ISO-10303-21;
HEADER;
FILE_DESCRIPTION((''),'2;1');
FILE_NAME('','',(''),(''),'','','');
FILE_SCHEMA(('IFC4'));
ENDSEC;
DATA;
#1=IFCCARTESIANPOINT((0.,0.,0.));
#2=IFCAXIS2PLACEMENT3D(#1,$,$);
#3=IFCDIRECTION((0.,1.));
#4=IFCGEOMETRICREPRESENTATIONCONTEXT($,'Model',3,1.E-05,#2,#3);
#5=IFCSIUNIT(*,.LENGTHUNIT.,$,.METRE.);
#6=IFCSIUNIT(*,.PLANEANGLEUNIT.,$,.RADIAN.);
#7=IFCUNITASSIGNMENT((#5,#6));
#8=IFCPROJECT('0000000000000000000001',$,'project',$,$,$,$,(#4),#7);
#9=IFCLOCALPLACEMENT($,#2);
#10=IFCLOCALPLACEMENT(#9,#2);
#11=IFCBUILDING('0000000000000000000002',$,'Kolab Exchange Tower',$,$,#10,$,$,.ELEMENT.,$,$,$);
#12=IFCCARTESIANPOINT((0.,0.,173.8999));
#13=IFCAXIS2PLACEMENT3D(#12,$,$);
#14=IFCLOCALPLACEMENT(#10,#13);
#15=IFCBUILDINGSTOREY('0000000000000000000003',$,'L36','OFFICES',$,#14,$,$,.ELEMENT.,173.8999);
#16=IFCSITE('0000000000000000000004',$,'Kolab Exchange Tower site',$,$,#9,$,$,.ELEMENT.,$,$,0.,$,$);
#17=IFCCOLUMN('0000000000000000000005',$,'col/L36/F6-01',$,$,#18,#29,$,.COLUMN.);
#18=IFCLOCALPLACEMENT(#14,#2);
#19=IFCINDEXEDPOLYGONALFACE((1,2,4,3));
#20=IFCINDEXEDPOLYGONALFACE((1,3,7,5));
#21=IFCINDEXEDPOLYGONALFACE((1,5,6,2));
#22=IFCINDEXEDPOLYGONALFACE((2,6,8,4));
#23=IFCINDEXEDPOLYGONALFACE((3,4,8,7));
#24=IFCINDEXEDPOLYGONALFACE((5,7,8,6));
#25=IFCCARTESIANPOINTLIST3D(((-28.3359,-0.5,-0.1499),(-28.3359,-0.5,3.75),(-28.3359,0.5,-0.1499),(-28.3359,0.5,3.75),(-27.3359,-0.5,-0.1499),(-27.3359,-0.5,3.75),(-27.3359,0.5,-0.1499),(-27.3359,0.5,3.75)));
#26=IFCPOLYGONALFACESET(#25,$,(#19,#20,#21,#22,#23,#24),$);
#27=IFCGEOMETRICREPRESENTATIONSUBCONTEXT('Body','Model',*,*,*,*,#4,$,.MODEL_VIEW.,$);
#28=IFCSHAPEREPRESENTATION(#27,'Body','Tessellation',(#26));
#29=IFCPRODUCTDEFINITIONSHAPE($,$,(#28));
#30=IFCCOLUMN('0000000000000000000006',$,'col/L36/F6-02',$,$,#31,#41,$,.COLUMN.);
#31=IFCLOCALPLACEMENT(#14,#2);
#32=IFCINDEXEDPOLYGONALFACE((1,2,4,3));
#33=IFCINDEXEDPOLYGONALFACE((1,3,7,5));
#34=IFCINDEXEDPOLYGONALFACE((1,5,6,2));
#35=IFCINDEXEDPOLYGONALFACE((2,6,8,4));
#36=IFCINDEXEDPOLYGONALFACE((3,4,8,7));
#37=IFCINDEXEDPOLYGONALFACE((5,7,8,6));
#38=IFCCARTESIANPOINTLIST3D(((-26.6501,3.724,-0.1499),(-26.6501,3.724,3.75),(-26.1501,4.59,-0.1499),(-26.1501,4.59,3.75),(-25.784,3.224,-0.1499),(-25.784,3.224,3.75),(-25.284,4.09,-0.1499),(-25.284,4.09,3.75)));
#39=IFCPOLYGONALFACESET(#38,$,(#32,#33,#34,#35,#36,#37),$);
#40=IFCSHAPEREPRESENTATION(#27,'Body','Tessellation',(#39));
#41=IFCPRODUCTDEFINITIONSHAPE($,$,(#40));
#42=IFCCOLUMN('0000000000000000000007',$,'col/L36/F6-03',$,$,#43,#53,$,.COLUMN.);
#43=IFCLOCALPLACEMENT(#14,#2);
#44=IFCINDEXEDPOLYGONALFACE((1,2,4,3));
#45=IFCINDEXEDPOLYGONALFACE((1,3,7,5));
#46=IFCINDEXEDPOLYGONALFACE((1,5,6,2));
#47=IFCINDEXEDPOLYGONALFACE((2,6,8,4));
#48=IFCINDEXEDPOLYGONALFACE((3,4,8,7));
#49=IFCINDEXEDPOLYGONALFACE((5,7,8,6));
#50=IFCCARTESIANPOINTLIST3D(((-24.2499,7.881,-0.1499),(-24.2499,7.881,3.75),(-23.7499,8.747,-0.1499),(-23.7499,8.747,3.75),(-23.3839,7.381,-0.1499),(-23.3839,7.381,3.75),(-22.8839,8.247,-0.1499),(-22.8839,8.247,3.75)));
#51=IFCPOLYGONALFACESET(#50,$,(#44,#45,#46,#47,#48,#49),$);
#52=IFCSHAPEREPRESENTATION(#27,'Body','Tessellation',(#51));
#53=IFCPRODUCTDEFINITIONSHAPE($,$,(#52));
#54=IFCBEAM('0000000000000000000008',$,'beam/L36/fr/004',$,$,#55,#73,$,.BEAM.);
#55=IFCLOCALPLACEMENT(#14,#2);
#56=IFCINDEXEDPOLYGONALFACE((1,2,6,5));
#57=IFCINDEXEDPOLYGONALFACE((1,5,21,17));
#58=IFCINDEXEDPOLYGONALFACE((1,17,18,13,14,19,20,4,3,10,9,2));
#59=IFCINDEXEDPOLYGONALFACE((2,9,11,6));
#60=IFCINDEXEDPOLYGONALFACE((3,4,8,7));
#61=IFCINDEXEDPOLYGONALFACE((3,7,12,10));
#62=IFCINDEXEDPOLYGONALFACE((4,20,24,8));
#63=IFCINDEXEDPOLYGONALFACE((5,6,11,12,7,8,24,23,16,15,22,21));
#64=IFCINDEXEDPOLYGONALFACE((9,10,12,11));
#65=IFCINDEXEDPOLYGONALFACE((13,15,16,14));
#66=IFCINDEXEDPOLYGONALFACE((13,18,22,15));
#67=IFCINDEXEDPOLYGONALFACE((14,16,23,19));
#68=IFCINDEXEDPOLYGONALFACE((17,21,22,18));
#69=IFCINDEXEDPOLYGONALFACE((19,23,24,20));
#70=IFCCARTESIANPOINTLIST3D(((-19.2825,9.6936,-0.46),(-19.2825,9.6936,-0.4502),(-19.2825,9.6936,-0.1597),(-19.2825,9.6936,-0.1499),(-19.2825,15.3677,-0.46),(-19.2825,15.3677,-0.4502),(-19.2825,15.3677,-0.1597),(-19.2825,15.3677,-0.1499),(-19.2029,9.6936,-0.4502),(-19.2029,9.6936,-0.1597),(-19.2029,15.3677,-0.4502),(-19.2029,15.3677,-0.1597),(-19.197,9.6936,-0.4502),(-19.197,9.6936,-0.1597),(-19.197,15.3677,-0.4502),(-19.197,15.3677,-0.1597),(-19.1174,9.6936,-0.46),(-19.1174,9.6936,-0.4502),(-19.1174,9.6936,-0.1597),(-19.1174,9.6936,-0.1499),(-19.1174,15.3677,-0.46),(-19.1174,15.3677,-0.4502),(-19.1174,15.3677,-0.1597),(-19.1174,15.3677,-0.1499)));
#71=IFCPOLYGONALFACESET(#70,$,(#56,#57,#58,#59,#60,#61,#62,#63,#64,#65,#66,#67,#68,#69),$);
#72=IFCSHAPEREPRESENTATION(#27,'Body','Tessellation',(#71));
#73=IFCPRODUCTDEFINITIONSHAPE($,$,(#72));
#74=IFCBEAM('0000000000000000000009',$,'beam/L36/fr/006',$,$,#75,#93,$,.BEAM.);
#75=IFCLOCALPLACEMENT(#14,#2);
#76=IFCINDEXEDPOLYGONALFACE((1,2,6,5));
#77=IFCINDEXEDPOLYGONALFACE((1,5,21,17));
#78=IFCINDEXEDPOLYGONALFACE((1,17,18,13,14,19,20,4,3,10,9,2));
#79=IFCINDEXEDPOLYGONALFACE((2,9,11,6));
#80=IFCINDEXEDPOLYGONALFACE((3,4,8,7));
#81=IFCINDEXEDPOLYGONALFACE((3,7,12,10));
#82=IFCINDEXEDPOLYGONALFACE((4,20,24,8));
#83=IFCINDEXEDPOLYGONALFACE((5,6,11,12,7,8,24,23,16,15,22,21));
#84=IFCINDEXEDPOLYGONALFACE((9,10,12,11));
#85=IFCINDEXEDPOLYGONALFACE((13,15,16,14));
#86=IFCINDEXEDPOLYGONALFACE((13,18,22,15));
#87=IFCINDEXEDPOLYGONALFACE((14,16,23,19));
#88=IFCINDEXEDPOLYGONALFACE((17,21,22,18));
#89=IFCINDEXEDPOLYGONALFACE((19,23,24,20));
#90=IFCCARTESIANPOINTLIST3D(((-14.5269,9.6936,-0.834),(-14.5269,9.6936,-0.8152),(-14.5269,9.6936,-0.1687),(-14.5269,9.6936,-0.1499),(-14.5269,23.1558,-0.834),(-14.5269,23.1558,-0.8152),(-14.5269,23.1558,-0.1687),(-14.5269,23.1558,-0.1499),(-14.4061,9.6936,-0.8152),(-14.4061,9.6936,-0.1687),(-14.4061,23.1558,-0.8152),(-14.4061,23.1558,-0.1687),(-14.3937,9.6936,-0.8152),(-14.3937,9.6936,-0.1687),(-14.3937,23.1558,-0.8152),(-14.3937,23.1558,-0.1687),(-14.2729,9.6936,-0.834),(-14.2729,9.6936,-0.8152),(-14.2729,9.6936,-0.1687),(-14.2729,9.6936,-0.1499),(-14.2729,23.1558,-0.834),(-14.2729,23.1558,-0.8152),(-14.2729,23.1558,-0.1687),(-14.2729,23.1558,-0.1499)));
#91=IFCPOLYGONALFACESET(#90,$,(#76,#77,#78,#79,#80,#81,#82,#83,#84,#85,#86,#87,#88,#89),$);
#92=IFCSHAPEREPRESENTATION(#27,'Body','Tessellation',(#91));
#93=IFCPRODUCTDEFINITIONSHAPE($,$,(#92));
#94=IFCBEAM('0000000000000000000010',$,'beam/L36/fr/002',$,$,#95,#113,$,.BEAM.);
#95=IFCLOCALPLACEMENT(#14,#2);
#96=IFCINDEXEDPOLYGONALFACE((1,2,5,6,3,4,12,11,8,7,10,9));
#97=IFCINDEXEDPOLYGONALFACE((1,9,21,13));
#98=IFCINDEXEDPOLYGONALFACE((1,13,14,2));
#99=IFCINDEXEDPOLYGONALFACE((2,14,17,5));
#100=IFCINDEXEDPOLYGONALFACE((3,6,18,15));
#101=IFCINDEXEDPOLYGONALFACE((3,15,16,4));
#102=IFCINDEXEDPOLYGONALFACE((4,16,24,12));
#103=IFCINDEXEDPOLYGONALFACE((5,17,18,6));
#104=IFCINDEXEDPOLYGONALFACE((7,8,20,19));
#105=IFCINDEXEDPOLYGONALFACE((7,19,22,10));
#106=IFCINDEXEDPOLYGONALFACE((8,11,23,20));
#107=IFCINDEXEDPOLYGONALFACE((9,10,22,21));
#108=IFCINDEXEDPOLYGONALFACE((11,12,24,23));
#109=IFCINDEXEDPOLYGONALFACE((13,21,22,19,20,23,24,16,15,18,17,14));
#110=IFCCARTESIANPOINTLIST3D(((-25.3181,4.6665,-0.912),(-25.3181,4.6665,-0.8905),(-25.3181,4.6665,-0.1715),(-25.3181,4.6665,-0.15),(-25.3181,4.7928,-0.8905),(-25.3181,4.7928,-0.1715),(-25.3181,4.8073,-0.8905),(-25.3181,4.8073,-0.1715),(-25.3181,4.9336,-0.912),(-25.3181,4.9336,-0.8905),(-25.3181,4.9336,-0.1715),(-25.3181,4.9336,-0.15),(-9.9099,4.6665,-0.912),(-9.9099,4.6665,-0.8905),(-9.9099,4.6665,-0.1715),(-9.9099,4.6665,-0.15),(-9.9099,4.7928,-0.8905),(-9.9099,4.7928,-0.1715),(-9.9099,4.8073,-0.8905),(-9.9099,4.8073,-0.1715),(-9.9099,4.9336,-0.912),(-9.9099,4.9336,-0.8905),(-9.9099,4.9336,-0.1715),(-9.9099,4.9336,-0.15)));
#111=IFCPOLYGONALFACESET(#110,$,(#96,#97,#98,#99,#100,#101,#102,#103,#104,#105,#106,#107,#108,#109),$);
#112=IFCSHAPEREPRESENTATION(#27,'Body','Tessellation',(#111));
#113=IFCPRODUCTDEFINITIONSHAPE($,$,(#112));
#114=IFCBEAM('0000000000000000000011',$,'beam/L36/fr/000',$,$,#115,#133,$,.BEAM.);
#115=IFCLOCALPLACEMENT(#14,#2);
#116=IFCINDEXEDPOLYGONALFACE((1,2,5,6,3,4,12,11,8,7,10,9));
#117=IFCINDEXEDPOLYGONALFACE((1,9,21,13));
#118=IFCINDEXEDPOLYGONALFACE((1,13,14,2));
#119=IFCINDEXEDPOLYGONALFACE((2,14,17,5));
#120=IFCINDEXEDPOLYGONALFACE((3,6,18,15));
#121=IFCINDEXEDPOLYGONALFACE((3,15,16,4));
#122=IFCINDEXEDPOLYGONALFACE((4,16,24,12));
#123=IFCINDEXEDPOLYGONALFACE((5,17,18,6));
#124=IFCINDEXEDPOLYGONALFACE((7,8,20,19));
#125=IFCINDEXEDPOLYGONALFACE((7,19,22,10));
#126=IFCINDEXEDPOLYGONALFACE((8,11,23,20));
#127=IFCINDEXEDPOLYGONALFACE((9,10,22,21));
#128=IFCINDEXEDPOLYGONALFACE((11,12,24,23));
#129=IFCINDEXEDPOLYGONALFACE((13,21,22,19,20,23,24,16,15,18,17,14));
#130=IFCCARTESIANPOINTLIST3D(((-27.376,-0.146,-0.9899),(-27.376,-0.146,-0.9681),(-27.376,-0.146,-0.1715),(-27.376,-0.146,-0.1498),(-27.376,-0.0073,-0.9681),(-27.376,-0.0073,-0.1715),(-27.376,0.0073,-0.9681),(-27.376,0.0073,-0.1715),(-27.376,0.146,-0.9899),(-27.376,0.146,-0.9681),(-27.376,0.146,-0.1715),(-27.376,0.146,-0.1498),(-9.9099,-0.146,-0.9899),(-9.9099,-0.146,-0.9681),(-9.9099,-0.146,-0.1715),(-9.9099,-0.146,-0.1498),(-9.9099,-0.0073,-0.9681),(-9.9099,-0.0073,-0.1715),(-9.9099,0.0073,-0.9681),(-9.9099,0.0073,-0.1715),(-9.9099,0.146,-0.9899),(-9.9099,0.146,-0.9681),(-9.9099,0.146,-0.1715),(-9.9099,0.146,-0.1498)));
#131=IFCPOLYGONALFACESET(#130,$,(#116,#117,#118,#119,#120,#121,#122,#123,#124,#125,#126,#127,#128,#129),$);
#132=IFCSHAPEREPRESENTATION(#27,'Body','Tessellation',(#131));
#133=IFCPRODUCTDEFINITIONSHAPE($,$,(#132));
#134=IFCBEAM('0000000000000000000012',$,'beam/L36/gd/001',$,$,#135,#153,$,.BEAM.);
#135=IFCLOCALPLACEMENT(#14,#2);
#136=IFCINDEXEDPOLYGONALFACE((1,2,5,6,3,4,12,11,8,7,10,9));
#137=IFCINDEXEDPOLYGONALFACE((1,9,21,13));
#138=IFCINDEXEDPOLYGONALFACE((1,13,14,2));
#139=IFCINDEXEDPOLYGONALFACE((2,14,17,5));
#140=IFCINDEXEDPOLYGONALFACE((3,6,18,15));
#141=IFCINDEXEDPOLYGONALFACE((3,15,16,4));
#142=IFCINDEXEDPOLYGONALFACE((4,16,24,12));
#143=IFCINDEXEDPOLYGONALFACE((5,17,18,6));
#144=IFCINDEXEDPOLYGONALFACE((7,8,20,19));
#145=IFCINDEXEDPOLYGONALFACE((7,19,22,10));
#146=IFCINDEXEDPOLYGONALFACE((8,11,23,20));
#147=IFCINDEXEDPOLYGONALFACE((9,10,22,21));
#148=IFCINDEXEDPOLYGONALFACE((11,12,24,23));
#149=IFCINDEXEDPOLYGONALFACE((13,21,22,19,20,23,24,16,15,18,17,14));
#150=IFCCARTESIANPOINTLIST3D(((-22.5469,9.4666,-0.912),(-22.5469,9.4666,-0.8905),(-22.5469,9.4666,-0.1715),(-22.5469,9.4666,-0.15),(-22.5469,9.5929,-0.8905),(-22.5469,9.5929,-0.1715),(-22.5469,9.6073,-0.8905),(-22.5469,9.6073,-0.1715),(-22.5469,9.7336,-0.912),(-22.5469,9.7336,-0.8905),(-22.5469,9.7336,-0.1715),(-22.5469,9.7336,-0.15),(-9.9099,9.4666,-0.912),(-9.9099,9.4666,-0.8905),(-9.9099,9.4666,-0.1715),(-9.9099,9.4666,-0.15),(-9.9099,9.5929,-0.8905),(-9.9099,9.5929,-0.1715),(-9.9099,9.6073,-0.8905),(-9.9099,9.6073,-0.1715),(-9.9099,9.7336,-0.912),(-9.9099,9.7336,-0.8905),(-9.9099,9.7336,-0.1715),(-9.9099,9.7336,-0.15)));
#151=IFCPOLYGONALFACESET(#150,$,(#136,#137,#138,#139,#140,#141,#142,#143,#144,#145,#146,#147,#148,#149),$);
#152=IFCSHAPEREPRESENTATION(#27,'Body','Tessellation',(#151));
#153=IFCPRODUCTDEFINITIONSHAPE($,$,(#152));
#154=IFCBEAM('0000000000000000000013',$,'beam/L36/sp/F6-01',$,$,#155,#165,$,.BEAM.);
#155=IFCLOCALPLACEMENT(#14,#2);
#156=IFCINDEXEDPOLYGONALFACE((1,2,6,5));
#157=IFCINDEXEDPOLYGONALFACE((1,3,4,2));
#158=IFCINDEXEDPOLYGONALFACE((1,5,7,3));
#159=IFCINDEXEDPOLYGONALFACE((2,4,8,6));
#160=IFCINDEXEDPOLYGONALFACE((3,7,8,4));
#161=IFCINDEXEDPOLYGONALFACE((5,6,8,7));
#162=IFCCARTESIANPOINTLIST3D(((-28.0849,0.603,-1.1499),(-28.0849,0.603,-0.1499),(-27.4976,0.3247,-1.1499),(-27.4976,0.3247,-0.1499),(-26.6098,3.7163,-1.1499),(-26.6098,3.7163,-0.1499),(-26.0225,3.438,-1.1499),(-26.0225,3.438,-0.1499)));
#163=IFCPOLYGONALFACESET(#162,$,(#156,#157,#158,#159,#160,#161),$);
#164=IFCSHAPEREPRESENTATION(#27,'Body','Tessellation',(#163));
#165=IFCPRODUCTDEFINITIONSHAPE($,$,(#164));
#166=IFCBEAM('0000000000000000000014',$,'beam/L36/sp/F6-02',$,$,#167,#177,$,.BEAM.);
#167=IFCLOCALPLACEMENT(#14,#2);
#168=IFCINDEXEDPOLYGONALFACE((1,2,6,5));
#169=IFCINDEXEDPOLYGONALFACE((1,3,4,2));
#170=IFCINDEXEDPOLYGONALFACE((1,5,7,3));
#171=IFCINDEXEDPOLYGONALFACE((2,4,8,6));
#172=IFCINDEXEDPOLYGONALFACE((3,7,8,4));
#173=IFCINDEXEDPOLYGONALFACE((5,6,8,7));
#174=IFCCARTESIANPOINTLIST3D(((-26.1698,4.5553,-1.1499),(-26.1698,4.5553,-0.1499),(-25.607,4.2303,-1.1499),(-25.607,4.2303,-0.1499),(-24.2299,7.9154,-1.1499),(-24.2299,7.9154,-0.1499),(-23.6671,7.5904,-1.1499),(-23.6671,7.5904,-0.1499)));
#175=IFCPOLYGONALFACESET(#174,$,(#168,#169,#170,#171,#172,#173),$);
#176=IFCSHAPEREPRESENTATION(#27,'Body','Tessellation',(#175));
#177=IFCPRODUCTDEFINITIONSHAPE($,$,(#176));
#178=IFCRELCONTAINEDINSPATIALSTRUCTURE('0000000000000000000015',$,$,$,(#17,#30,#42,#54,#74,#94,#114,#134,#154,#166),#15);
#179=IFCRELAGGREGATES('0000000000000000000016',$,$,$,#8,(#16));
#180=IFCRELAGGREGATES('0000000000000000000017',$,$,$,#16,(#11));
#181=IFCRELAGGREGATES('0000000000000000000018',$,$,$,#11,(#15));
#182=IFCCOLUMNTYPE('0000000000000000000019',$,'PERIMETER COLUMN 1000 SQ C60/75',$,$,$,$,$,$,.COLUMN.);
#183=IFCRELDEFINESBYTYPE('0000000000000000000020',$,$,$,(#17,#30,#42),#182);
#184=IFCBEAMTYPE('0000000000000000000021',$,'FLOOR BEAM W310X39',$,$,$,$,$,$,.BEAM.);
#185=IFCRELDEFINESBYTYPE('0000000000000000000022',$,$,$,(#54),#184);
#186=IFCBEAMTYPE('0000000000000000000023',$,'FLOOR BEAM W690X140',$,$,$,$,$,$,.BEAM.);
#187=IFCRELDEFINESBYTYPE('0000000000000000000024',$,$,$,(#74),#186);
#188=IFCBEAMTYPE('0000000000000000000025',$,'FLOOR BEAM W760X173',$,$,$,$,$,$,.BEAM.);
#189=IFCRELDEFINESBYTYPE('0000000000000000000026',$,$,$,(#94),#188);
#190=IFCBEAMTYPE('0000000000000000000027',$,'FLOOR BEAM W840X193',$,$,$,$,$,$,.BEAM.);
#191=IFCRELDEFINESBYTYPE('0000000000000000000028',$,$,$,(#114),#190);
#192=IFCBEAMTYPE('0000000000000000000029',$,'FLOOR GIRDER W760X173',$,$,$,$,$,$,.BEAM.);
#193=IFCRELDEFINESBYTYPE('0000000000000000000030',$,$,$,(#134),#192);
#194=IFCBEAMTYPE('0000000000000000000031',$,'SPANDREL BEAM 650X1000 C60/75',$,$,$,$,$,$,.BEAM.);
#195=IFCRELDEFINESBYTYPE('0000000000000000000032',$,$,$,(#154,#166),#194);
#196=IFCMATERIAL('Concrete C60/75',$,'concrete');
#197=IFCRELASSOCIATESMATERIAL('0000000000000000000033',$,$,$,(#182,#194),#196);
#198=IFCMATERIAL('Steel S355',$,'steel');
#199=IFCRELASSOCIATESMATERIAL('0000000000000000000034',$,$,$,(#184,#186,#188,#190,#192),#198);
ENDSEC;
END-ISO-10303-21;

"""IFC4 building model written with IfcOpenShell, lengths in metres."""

from ifc_helpers import new_model, si_unit, direction, frame, origin, origin_2d, place, context, subcontext, project, spatial, rectangle, i_section, extrude, material, material_profile, profile_set, type_object, element, save


model = new_model("IFC4")

# Units and contexts
model_context = context("Model", 3, precision=1e-05, world=origin(), true_north=direction((0.0, 1.0)))
body_context = subcontext(model_context, "Body", "Model", "MODEL_VIEW")
ifc_project = project(units=[si_unit("LENGTHUNIT", "METRE"), si_unit("PLANEANGLEUNIT", "RADIAN")], contexts=[model_context])

# Site, building, storey
site_placement = place(None, origin())
site = spatial("IfcSite", under=ifc_project, at=site_placement, Name="Kolab Exchange Tower site", CompositionType="ELEMENT", RefElevation=0.0)
building_placement = place(site_placement, origin())
building = spatial("IfcBuilding", under=site, at=building_placement, Name="Kolab Exchange Tower", CompositionType="ELEMENT")
storey_placement = place(building_placement, frame((0.0, 0.0, 173.8999)))
storey = spatial("IfcBuildingStorey", under=building, at=storey_placement, Name="L36", Description="OFFICES", CompositionType="ELEMENT", Elevation=173.8999)

# Columns
ifc_material_1 = material(Name="Concrete C60/75", Category="concrete")
ifc_material_profile_1 = material_profile(ifc_material_1, rectangle(XDim=1.0, YDim=1.0, at=origin_2d()), Name="RC1000")
ifc_profile_set_1 = profile_set([ifc_material_profile_1], Name="Concrete C60/75")
column_type = type_object("IfcColumnType", Name="PERIMETER COLUMN 1000 SQ C60/75", PredefinedType="COLUMN", material=ifc_profile_set_1)
for number, where, z_axis, x_axis, name in (
    (1, (-27.8359, 0.0, -0.1499), (0.0, 0.0, 1.0), (1.0, 0.0, 0.0), "col/L36/F6-01"),
    (2, (-25.967, 3.907, -0.1499), (0.0, 0.0, 1.0), (0.5, 0.866025, 0.0), "col/L36/F6-02"),
    (3, (-23.5669, 8.064, -0.1499), (0.0, 0.0, 1.0), (0.5, 0.866025, 0.0), "col/L36/F6-03"),
):
    element("IfcColumn", number, at=place(storey_placement, frame(where, z_axis=z_axis, x_axis=x_axis)), inside=storey, type_object=column_type, Name=name, PredefinedType="COLUMN", context=body_context, shape_type="SweptSolid", body=[
        extrude(rectangle(XDim=1.0, YDim=1.0, at=origin_2d()), origin(), (0.0, 0.0, 1.0), 3.8999),
    ])

# Beams
ifc_material_2 = material(Name="Steel S355", Category="steel")
ifc_material_profile_2 = material_profile(ifc_material_2, i_section(OverallWidth=0.165, OverallDepth=0.3101, WebThickness=0.0059, FlangeThickness=0.0098, at=origin_2d()), Name="W310X39")
ifc_profile_set_2 = profile_set([ifc_material_profile_2], Name="Steel S355")
beam_type_1 = type_object("IfcBeamType", Name="FLOOR BEAM W310X39", PredefinedType="BEAM", material=ifc_profile_set_2)
beam_1_placement = place(storey_placement, frame((-19.2, 9.6936, -0.3049), z_axis=(0.0, 1.0, 0.0), x_axis=(-1.0, 0.0, 0.0)))
element("IfcBeam", 4, at=beam_1_placement, inside=storey, type_object=beam_type_1, Name="beam/L36/fr/004", PredefinedType="BEAM", context=body_context, shape_type="SweptSolid", body=[
    extrude(i_section(OverallWidth=0.165, OverallDepth=0.3101, WebThickness=0.0059, FlangeThickness=0.0098, at=origin_2d()), origin(), (0.0, 0.0, 1.0), 5.6741),
])
ifc_material_profile_3 = material_profile(ifc_material_2, i_section(OverallWidth=0.2539, OverallDepth=0.6841, WebThickness=0.0125, FlangeThickness=0.0188, at=origin_2d()), Name="W690X140")
ifc_profile_set_3 = profile_set([ifc_material_profile_3], Name="Steel S355")
beam_type_2 = type_object("IfcBeamType", Name="FLOOR BEAM W690X140", PredefinedType="BEAM", material=ifc_profile_set_3)
beam_2_placement = place(storey_placement, frame((-14.3999, 9.6936, -0.4919), z_axis=(0.0, 1.0, 0.0), x_axis=(-1.0, 0.0, 0.0)))
element("IfcBeam", 5, at=beam_2_placement, inside=storey, type_object=beam_type_2, Name="beam/L36/fr/006", PredefinedType="BEAM", context=body_context, shape_type="SweptSolid", body=[
    extrude(i_section(OverallWidth=0.2539, OverallDepth=0.6841, WebThickness=0.0125, FlangeThickness=0.0188, at=origin_2d()), origin(), (0.0, 0.0, 1.0), 13.4622),
])
ifc_material_profile_4 = material_profile(ifc_material_2, i_section(OverallWidth=0.2671, OverallDepth=0.762, WebThickness=0.0144, FlangeThickness=0.0215, at=origin_2d()), Name="W760X173")
ifc_profile_set_4 = profile_set([ifc_material_profile_4], Name="Steel S355")
beam_type_3 = type_object("IfcBeamType", Name="FLOOR BEAM W760X173", PredefinedType="BEAM", material=ifc_profile_set_4)
beam_3_placement = place(storey_placement, frame((-25.3181, 4.8, -0.531), z_axis=(1.0, 0.0, 0.0), x_axis=(0.0, 1.0, 0.0)))
element("IfcBeam", 6, at=beam_3_placement, inside=storey, type_object=beam_type_3, Name="beam/L36/fr/002", PredefinedType="BEAM", context=body_context, shape_type="SweptSolid", body=[
    extrude(i_section(OverallWidth=0.2671, OverallDepth=0.762, WebThickness=0.0144, FlangeThickness=0.0215, at=origin_2d()), origin(), (0.0, 0.0, 1.0), 15.4082),
])
ifc_material_profile_5 = material_profile(ifc_material_2, i_section(OverallWidth=0.292, OverallDepth=0.8401, WebThickness=0.0146, FlangeThickness=0.0217, at=origin_2d()), Name="W840X193")
ifc_profile_set_5 = profile_set([ifc_material_profile_5], Name="Steel S355")
beam_type_4 = type_object("IfcBeamType", Name="FLOOR BEAM W840X193", PredefinedType="BEAM", material=ifc_profile_set_5)
beam_4_placement = place(storey_placement, frame((-27.376, 0.0, -0.5698), z_axis=(1.0, 0.0, 0.0), x_axis=(0.0, 1.0, 0.0)))
element("IfcBeam", 7, at=beam_4_placement, inside=storey, type_object=beam_type_4, Name="beam/L36/fr/000", PredefinedType="BEAM", context=body_context, shape_type="SweptSolid", body=[
    extrude(i_section(OverallWidth=0.292, OverallDepth=0.8401, WebThickness=0.0146, FlangeThickness=0.0217, at=origin_2d()), origin(), (0.0, 0.0, 1.0), 17.4661),
])
ifc_material_profile_6 = material_profile(ifc_material_2, i_section(OverallWidth=0.2671, OverallDepth=0.762, WebThickness=0.0144, FlangeThickness=0.0215, at=origin_2d()), Name="W760X173")
ifc_profile_set_6 = profile_set([ifc_material_profile_6], Name="Steel S355")
beam_type_5 = type_object("IfcBeamType", Name="FLOOR GIRDER W760X173", PredefinedType="BEAM", material=ifc_profile_set_6)
beam_5_placement = place(storey_placement, frame((-22.5469, 9.6001, -0.531), z_axis=(1.0, 0.0, 0.0), x_axis=(0.0, 1.0, 0.0)))
element("IfcBeam", 8, at=beam_5_placement, inside=storey, type_object=beam_type_5, Name="beam/L36/gd/001", PredefinedType="BEAM", context=body_context, shape_type="SweptSolid", body=[
    extrude(i_section(OverallWidth=0.2671, OverallDepth=0.762, WebThickness=0.0144, FlangeThickness=0.0215, at=origin_2d()), origin(), (0.0, 0.0, 1.0), 12.637),
])
ifc_material_profile_7 = material_profile(ifc_material_1, rectangle(XDim=0.6499, YDim=1.0, at=origin_2d()), Name="RC650X1000")
ifc_profile_set_7 = profile_set([ifc_material_profile_7], Name="Concrete C60/75")
beam_type_6 = type_object("IfcBeamType", Name="SPANDREL BEAM 650X1000 C60/75", PredefinedType="BEAM", material=ifc_profile_set_7)
beam_6_placement = place(storey_placement, frame((-27.7913, 0.4639, -0.6499), z_axis=(0.428178, 0.903695, 0.0), x_axis=(-0.903695, 0.428178, 0.0)))
element("IfcBeam", 9, at=beam_6_placement, inside=storey, type_object=beam_type_6, Name="beam/L36/sp/F6-01", PredefinedType="BEAM", context=body_context, shape_type="SweptSolid", body=[
    extrude(rectangle(XDim=0.6499, YDim=1.0, at=origin_2d()), origin(), (0.0, 0.0, 1.0), 3.4451),
])
for number, where, z_axis, x_axis, name in (
    (10, (-25.8884, 4.3928, -0.6499), (0.499997, 0.866027, 0.0), (-0.866027, 0.499997, 0.0), "beam/L36/sp/F6-02"),
):
    element("IfcBeam", number, at=place(storey_placement, frame(where, z_axis=z_axis, x_axis=x_axis)), inside=storey, type_object=beam_type_6, Name=name, PredefinedType="BEAM", context=body_context, shape_type="SweptSolid", body=[
        extrude(rectangle(XDim=0.6499, YDim=1.0, at=origin_2d()), origin(), (0.0, 0.0, 1.0), 3.8799),
    ])

save(model, "model.ifc")
